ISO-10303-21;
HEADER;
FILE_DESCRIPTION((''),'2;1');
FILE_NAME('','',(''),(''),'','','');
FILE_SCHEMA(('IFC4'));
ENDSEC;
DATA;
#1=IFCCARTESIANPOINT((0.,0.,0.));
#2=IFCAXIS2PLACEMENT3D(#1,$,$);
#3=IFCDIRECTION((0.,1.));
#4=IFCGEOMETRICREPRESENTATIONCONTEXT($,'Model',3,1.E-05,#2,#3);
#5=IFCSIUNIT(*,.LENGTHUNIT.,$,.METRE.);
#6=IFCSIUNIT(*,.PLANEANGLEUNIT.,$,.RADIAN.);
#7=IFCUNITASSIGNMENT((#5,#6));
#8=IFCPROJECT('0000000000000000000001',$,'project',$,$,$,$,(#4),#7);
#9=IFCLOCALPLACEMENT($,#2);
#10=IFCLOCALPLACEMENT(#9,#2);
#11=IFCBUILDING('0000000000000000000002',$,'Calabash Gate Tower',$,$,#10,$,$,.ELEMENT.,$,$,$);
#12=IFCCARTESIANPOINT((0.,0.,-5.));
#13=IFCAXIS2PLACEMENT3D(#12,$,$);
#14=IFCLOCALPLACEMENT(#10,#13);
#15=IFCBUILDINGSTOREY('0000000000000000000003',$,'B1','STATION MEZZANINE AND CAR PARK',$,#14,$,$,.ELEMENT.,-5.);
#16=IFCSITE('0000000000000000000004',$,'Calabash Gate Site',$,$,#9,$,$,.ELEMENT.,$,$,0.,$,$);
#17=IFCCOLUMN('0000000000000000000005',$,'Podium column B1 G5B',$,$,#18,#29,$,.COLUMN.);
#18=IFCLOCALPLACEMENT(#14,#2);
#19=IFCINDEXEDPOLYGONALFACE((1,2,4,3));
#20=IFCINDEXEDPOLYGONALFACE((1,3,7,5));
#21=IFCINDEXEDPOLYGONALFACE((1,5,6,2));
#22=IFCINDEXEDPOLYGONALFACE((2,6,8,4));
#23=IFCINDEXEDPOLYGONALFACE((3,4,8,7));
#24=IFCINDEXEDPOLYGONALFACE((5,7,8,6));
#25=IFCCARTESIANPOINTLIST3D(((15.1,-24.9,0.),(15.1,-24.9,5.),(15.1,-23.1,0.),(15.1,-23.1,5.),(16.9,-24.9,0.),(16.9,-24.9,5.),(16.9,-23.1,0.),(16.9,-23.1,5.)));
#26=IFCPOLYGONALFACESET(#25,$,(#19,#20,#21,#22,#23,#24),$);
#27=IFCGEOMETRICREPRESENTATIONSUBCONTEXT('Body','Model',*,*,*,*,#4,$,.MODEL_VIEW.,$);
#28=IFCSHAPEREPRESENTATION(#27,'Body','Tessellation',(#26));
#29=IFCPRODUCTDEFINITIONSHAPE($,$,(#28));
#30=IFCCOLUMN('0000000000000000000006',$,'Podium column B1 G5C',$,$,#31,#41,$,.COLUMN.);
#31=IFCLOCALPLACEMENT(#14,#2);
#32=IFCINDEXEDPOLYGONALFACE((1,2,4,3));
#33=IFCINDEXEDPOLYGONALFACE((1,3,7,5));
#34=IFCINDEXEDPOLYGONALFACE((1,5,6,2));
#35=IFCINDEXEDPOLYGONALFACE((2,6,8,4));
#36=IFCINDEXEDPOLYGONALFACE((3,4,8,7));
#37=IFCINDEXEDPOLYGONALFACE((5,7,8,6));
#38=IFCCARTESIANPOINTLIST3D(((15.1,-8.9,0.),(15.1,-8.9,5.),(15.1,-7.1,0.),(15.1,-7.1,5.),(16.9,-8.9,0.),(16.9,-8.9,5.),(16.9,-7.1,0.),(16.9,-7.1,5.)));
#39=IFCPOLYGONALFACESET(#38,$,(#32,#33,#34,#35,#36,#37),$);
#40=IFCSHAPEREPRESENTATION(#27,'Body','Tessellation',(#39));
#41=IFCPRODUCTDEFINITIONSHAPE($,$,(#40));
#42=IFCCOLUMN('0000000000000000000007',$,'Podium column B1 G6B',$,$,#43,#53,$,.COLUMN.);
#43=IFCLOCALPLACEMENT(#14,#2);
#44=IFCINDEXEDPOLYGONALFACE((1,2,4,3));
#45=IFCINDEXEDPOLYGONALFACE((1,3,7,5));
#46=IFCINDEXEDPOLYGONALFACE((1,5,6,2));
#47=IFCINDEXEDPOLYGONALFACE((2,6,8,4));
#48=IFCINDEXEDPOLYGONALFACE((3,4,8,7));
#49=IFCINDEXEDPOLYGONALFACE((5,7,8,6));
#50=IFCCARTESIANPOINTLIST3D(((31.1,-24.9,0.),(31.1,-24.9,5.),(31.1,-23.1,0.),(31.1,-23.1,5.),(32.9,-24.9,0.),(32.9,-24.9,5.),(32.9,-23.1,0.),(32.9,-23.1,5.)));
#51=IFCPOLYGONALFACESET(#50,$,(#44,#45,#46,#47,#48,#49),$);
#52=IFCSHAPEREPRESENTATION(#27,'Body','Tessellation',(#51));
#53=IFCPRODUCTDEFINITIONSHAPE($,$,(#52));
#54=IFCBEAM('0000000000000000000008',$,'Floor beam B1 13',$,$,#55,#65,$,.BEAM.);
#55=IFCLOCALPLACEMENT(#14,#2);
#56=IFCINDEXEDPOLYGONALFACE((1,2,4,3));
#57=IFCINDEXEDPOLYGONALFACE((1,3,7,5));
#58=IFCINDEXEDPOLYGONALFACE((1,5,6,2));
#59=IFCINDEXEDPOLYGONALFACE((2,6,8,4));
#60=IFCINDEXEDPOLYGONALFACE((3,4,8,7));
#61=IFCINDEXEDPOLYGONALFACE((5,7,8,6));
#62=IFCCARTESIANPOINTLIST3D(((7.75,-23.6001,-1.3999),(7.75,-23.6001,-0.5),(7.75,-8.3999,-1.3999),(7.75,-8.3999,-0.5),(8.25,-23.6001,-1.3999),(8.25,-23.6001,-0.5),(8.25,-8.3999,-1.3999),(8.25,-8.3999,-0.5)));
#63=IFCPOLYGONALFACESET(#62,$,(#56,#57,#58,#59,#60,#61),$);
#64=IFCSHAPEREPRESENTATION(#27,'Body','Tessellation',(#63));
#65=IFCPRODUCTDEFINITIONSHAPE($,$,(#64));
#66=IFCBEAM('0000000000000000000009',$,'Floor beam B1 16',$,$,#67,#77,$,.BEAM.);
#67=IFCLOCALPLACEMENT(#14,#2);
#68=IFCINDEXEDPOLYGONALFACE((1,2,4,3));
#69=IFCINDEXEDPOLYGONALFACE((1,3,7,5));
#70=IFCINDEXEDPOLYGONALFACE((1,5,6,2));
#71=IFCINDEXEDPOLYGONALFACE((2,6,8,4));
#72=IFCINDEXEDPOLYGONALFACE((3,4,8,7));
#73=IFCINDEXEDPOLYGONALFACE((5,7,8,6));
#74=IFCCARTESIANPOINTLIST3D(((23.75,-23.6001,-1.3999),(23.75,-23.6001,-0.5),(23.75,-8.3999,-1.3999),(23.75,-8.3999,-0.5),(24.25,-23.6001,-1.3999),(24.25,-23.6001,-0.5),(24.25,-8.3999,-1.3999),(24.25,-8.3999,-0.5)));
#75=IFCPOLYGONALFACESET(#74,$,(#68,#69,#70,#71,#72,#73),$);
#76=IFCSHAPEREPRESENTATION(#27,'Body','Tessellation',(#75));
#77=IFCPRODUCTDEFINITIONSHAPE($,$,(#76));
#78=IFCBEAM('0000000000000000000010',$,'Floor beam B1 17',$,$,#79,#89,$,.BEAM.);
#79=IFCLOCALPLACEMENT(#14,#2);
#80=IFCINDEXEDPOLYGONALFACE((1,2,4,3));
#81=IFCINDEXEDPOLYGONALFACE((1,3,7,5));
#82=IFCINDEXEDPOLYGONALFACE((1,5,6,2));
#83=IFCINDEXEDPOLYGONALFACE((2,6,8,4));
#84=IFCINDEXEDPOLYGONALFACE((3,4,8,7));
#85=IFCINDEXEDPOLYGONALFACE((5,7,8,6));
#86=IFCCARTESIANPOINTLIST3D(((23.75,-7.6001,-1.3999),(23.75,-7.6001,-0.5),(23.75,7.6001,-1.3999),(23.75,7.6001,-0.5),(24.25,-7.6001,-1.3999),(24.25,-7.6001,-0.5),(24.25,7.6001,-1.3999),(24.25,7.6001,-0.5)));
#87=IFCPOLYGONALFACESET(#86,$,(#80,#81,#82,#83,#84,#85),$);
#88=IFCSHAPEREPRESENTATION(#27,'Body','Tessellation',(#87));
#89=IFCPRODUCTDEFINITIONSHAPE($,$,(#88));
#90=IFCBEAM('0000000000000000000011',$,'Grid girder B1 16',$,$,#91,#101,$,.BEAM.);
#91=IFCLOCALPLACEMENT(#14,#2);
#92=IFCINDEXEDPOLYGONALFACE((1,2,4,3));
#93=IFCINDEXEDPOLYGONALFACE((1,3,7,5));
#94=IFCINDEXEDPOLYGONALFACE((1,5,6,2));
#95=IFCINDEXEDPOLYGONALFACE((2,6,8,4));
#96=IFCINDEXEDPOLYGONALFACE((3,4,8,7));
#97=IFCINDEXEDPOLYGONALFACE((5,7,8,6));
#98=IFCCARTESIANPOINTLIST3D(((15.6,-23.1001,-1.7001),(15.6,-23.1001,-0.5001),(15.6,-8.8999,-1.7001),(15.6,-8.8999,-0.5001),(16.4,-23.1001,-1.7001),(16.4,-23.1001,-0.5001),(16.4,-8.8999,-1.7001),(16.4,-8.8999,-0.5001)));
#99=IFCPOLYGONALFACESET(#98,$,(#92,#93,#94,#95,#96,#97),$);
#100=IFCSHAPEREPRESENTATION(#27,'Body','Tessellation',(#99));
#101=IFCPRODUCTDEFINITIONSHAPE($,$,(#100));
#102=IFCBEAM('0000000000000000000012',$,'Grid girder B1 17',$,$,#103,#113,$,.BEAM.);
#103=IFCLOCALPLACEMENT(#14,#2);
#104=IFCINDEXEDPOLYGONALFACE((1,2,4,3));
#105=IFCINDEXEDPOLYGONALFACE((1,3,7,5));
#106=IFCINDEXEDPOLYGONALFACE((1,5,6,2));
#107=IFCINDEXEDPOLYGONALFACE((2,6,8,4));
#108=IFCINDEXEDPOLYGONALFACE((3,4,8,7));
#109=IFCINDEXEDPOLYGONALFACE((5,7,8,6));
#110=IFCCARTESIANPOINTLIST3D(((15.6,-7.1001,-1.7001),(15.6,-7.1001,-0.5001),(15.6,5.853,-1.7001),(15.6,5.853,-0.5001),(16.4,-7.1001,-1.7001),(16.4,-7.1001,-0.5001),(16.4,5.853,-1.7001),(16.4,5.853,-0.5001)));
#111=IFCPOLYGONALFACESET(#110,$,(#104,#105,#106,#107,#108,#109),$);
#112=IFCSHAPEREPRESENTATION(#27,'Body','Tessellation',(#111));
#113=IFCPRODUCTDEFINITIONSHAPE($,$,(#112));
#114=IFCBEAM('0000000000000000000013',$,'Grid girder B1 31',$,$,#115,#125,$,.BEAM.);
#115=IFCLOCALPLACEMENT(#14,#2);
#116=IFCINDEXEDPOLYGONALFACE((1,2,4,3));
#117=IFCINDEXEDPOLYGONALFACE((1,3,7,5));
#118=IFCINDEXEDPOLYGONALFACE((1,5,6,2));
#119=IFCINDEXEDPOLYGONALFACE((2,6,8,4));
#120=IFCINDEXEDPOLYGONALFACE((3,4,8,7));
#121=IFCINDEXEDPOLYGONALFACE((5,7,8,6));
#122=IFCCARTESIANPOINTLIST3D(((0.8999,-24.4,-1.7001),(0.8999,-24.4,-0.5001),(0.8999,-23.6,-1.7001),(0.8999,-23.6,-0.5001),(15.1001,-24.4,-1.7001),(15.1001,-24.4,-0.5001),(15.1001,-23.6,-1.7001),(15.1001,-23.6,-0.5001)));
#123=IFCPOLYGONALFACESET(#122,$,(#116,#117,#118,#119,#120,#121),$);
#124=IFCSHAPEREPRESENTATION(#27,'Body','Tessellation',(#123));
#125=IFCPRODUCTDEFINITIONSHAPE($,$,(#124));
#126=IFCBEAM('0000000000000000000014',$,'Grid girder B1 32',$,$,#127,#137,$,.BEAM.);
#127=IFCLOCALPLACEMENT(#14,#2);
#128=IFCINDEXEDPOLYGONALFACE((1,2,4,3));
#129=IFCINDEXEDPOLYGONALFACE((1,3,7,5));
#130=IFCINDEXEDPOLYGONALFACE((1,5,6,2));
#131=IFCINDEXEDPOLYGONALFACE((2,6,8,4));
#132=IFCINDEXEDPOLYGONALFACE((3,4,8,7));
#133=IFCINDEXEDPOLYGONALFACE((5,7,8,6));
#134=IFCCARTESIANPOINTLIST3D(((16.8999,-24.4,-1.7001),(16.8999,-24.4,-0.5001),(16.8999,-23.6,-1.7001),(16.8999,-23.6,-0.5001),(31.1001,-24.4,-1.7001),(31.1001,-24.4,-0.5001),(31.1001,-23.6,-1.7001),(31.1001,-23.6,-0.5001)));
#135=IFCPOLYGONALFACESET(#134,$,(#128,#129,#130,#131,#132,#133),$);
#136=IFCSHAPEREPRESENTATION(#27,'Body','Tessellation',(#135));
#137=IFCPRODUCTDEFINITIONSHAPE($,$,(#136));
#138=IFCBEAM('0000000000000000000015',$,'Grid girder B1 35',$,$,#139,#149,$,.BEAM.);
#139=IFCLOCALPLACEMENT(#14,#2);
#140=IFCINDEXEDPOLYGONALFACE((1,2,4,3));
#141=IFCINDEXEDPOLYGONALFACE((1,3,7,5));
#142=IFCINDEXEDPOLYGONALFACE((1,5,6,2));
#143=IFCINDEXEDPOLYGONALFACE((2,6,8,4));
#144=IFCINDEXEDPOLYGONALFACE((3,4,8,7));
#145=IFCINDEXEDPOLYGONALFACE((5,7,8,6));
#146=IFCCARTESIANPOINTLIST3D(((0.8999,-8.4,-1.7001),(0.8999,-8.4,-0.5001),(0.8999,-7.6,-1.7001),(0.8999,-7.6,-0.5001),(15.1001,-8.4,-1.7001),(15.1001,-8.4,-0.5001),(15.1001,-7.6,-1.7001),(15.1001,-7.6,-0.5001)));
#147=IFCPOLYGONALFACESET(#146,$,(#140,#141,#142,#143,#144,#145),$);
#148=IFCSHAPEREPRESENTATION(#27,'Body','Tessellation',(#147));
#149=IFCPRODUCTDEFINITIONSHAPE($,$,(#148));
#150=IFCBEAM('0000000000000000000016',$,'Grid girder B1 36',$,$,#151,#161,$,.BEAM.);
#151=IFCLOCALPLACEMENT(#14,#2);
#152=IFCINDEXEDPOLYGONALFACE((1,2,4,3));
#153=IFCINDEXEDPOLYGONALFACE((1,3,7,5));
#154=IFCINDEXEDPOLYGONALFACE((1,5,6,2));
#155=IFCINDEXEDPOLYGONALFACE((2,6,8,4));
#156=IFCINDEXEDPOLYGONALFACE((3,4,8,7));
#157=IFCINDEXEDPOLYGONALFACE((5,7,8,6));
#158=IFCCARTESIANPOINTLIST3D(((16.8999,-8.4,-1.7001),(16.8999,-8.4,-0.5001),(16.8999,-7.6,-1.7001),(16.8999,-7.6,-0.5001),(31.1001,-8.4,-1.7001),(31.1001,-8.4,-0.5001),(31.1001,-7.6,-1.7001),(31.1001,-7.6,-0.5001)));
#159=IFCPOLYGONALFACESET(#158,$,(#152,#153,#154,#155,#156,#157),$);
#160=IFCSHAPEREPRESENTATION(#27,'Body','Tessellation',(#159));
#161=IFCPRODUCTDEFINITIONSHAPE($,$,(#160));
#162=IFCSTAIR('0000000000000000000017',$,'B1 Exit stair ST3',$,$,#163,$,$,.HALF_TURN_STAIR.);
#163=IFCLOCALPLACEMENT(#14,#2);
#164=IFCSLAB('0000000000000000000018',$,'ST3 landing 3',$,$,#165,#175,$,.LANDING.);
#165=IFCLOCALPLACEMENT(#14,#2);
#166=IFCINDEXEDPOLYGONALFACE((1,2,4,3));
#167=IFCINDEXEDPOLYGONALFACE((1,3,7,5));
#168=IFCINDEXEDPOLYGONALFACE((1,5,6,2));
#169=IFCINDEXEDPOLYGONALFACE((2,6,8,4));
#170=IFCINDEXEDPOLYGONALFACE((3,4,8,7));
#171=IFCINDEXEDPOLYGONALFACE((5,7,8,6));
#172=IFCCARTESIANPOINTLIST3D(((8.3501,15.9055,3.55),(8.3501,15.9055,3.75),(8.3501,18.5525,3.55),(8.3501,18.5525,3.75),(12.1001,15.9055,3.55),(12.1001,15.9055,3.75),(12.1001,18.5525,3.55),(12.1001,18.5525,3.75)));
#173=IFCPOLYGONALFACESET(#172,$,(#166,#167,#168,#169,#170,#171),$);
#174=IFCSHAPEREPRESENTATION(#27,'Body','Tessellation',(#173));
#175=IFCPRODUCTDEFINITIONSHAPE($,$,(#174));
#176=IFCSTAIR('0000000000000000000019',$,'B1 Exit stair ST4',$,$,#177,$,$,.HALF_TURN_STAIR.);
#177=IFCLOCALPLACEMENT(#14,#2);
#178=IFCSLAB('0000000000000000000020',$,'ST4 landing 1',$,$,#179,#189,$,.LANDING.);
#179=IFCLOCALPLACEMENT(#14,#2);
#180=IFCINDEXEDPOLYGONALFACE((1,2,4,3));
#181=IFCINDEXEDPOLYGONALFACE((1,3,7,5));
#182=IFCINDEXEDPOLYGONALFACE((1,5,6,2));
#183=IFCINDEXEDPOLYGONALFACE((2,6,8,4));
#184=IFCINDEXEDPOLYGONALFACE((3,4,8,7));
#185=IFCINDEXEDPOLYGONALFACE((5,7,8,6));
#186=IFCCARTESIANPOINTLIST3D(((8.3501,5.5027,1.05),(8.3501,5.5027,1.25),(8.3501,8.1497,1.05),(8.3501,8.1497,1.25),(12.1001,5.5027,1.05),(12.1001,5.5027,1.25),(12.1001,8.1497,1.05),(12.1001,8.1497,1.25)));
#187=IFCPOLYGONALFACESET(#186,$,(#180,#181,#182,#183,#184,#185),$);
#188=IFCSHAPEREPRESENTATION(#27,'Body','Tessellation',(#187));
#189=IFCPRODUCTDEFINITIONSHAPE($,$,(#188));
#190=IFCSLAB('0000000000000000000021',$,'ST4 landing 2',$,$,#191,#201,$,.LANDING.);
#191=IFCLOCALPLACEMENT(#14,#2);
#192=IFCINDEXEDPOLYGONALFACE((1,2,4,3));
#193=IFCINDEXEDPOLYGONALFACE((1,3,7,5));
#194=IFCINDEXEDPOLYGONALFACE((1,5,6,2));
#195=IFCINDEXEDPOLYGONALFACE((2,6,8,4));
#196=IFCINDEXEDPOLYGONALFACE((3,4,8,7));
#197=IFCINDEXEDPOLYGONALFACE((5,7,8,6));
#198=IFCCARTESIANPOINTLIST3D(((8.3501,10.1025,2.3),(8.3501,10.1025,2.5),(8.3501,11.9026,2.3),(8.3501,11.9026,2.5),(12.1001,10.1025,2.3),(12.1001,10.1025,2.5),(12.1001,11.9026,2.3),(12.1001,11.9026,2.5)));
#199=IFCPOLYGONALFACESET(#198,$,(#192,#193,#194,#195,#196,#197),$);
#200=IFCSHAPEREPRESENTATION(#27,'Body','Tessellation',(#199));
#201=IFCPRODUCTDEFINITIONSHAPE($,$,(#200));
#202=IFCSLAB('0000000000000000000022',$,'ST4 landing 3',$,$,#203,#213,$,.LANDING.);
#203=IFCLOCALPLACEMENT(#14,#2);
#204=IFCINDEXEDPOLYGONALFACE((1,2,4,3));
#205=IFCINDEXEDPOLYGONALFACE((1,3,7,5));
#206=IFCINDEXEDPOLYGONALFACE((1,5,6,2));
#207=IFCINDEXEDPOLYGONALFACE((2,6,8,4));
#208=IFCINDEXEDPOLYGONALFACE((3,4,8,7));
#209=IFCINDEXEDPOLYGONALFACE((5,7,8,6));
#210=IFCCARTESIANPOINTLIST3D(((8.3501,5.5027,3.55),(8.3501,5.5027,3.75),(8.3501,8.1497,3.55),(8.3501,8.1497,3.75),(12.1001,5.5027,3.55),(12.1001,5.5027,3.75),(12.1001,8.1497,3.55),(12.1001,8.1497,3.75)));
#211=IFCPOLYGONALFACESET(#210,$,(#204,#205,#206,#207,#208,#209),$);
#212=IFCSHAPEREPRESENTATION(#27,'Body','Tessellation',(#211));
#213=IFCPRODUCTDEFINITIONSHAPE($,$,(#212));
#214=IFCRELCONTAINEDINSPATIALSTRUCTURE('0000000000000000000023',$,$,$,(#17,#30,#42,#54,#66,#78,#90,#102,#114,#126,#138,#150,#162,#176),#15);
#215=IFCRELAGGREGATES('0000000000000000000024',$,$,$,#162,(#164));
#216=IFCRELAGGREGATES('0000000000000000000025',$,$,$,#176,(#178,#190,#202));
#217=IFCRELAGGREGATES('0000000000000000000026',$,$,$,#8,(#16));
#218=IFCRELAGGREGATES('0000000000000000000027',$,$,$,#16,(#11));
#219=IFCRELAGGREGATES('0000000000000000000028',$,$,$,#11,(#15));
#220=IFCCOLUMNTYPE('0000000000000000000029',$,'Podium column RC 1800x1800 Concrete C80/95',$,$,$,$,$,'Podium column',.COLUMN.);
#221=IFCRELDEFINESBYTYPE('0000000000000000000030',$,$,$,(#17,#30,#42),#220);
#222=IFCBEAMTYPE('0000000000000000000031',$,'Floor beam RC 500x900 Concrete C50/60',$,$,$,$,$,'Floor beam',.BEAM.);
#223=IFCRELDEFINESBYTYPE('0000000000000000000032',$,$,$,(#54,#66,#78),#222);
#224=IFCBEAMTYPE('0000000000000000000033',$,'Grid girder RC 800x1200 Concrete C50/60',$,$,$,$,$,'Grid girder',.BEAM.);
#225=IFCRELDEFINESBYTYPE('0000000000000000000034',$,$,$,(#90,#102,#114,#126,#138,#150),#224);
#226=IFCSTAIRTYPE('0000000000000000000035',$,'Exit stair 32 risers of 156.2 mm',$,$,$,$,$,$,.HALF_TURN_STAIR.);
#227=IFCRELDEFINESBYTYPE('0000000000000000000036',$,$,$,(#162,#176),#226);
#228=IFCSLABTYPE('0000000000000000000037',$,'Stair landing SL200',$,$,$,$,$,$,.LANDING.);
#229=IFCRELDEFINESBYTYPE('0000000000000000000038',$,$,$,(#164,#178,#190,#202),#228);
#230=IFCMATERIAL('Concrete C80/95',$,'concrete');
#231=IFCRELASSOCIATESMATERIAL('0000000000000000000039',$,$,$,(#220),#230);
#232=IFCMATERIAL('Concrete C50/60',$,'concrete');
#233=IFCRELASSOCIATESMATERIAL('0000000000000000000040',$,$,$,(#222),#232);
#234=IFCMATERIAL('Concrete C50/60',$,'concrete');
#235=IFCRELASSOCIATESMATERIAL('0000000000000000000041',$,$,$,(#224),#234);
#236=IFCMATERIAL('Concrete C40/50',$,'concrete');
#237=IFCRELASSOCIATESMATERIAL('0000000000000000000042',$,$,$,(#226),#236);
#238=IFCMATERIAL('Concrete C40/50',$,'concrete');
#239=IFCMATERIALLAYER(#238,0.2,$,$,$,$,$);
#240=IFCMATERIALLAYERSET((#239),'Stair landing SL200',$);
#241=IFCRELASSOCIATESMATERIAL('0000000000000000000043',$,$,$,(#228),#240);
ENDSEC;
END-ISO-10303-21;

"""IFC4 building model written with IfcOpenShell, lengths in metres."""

from ifc_helpers import new_model, si_unit, direction, frame, origin, origin_2d, place, context, subcontext, project, spatial, polyline, rectangle, outline, extrude, material, layer, layer_set, material_profile, profile_set, type_object, element, aggregate, save


model = new_model("IFC4")

# Units and contexts
model_context = context("Model", 3, precision=1e-05, world=origin(), true_north=direction((0.0, 1.0)))
body_context = subcontext(model_context, "Body", "Model", "MODEL_VIEW")
ifc_project = project(units=[si_unit("LENGTHUNIT", "METRE"), si_unit("PLANEANGLEUNIT", "RADIAN")], contexts=[model_context])

# Site, building, storey
site_placement = place(None, origin())
site = spatial("IfcSite", under=ifc_project, at=site_placement, Name="Calabash Gate Site", CompositionType="ELEMENT", RefElevation=0.0)
building_placement = place(site_placement, origin())
building = spatial("IfcBuilding", under=site, at=building_placement, Name="Calabash Gate Tower", CompositionType="ELEMENT")
storey_placement = place(building_placement, frame((0.0, 0.0, -5.0)))
storey = spatial("IfcBuildingStorey", under=building, at=storey_placement, Name="B1", Description="STATION MEZZANINE AND CAR PARK", CompositionType="ELEMENT", Elevation=-5.0)

# Columns
ifc_material_1 = material(Name="Concrete C80/95", Category="concrete")
ifc_material_profile_1 = material_profile(ifc_material_1, rectangle(XDim=1.8, YDim=1.8, at=origin_2d()))
ifc_profile_set_1 = profile_set([ifc_material_profile_1], Name="Concrete C80/95")
column_type = type_object("IfcColumnType", Name="Podium column RC 1800x1800 Concrete C80/95", ElementType="Podium column", PredefinedType="COLUMN", material=ifc_profile_set_1)
for number, where, z_axis, x_axis, name in (
    (1, (16.0, -24.0, 0.0), (0.0, 0.0, 1.0), (1.0, 0.0, 0.0), "Podium column B1 G5B"),
    (2, (16.0, -8.0, 0.0), (0.0, 0.0, 1.0), (1.0, 0.0, 0.0), "Podium column B1 G5C"),
    (3, (32.0, -24.0, 0.0), (0.0, 0.0, 1.0), (1.0, 0.0, 0.0), "Podium column B1 G6B"),
):
    element("IfcColumn", number, at=place(storey_placement, frame(where, z_axis=z_axis, x_axis=x_axis)), inside=storey, type_object=column_type, Name=name, PredefinedType="COLUMN", context=body_context, shape_type="SweptSolid", body=[
        extrude(rectangle(XDim=1.8, YDim=1.8, at=origin_2d()), origin(), (0.0, 0.0, 1.0), 5.0),
    ])

# Beams
ifc_material_2 = material(Name="Concrete C50/60", Category="concrete")
ifc_material_profile_2 = material_profile(ifc_material_2, rectangle(XDim=0.5, YDim=0.8999, at=origin_2d()))
ifc_profile_set_2 = profile_set([ifc_material_profile_2], Name="Concrete C50/60")
beam_type_1 = type_object("IfcBeamType", Name="Floor beam RC 500x900 Concrete C50/60", ElementType="Floor beam", PredefinedType="BEAM", material=ifc_profile_set_2)
for number, where, z_axis, x_axis, name in (
    (4, (8.0, -23.6001, -0.95), (0.0, 1.0, 0.0), (-1.0, 0.0, 0.0), "Floor beam B1 13"),
    (5, (24.0, -23.6001, -0.95), (0.0, 1.0, 0.0), (-1.0, 0.0, 0.0), "Floor beam B1 16"),
    (6, (24.0, -7.6001, -0.95), (0.0, 1.0, 0.0), (-1.0, 0.0, 0.0), "Floor beam B1 17"),
):
    element("IfcBeam", number, at=place(storey_placement, frame(where, z_axis=z_axis, x_axis=x_axis)), inside=storey, type_object=beam_type_1, Name=name, PredefinedType="BEAM", context=body_context, shape_type="SweptSolid", body=[
        extrude(rectangle(XDim=0.5, YDim=0.8999, at=origin_2d()), origin(), (0.0, 0.0, 1.0), 15.2002),
    ])
ifc_material_3 = material(Name="Concrete C50/60", Category="concrete")
ifc_material_profile_3 = material_profile(ifc_material_3, rectangle(XDim=0.8, YDim=1.2, at=origin_2d()))
ifc_profile_set_3 = profile_set([ifc_material_profile_3], Name="Concrete C50/60")
beam_type_2 = type_object("IfcBeamType", Name="Grid girder RC 800x1200 Concrete C50/60", ElementType="Grid girder", PredefinedType="BEAM", material=ifc_profile_set_3)
beam_1_placement = place(storey_placement, frame((16.0, -23.1001, -1.1001), z_axis=(0.0, 1.0, 0.0), x_axis=(-1.0, 0.0, 0.0)))
element("IfcBeam", 7, at=beam_1_placement, inside=storey, type_object=beam_type_2, Name="Grid girder B1 16", PredefinedType="BEAM", context=body_context, shape_type="SweptSolid", body=[
    extrude(rectangle(XDim=0.8, YDim=1.2, at=origin_2d()), origin(), (0.0, 0.0, 1.0), 14.2002),
])
beam_2_placement = place(storey_placement, frame((16.0, -7.1001, -1.1001), z_axis=(0.0, 1.0, 0.0), x_axis=(-1.0, 0.0, 0.0)))
element("IfcBeam", 8, at=beam_2_placement, inside=storey, type_object=beam_type_2, Name="Grid girder B1 17", PredefinedType="BEAM", context=body_context, shape_type="SweptSolid", body=[
    extrude(rectangle(XDim=0.8, YDim=1.2, at=origin_2d()), origin(), (0.0, 0.0, 1.0), 12.9531),
])
for number, where, z_axis, x_axis, name in (
    (9, (0.8999, -24.0, -1.1001), (1.0, 0.0, 0.0), (0.0, 1.0, 0.0), "Grid girder B1 31"),
    (10, (16.8999, -24.0, -1.1001), (1.0, 0.0, 0.0), (0.0, 1.0, 0.0), "Grid girder B1 32"),
    (11, (0.8999, -8.0, -1.1001), (1.0, 0.0, 0.0), (0.0, 1.0, 0.0), "Grid girder B1 35"),
    (12, (16.8999, -8.0, -1.1001), (1.0, 0.0, 0.0), (0.0, 1.0, 0.0), "Grid girder B1 36"),
):
    element("IfcBeam", number, at=place(storey_placement, frame(where, z_axis=z_axis, x_axis=x_axis)), inside=storey, type_object=beam_type_2, Name=name, PredefinedType="BEAM", context=body_context, shape_type="SweptSolid", body=[
        extrude(rectangle(XDim=0.8, YDim=1.2, at=origin_2d()), origin(), (0.0, 0.0, 1.0), 14.2002),
    ])

# Stair, slab
ifc_material_4 = material(Name="Concrete C40/50", Category="concrete")
stair_type_1 = type_object("IfcStairType", Name="Exit stair 32 risers of 156.2 mm", PredefinedType="HALF_TURN_STAIR", material=ifc_material_4)
stair_1_placement = place(storey_placement, origin())
stair_1 = element("IfcStair", 13, at=stair_1_placement, inside=storey, type_object=stair_type_1, Name="B1 Exit stair ST3", PredefinedType="HALF_TURN_STAIR")
ifc_material_5 = material(Name="Concrete C40/50", Category="concrete")
ifc_layer_1 = layer(ifc_material_5, 0.2)
ifc_layer_set_1 = layer_set([ifc_layer_1], Name="Stair landing SL200")
slab_type = type_object("IfcSlabType", Name="Stair landing SL200", PredefinedType="LANDING", material=ifc_layer_set_1)
slab_1_placement = place(storey_placement, frame((0.0, 0.0, 3.55)))
slab_1 = element("IfcSlab", 14, at=slab_1_placement, type_object=slab_type, Name="ST3 landing 3", PredefinedType="LANDING", context=body_context, shape_type="SweptSolid", body=[
    extrude(outline(polyline([(12.1001, 15.9055), (12.1001, 18.5525), (8.3501, 18.5525), (8.3501, 15.9055), (12.1001, 15.9055)])), origin(), (0.0, 0.0, 1.0), 0.2),
])
aggregate(stair_1, [slab_1])

# Stair, slabs
stair_2_placement = place(storey_placement, origin())
stair_2 = element("IfcStair", 15, at=stair_2_placement, inside=storey, type_object=stair_type_1, Name="B1 Exit stair ST4", PredefinedType="HALF_TURN_STAIR")
slab_2_placement = place(storey_placement, frame((0.0, 0.0, 1.05)))
slab_2 = element("IfcSlab", 16, at=slab_2_placement, type_object=slab_type, Name="ST4 landing 1", PredefinedType="LANDING", context=body_context, shape_type="SweptSolid", body=[
    extrude(outline(polyline([(8.3501, 8.1497), (8.3501, 5.5027), (12.1001, 5.5027), (12.1001, 8.1497), (8.3501, 8.1497)])), origin(), (0.0, 0.0, 1.0), 0.2),
])
slab_3_placement = place(storey_placement, frame((0.0, 0.0, 2.3)))
slab_3 = element("IfcSlab", 17, at=slab_3_placement, type_object=slab_type, Name="ST4 landing 2", PredefinedType="LANDING", context=body_context, shape_type="SweptSolid", body=[
    extrude(outline(polyline([(8.3501, 11.9026), (8.3501, 10.1025), (12.1001, 10.1025), (12.1001, 11.9026), (8.3501, 11.9026)])), origin(), (0.0, 0.0, 1.0), 0.2),
])
slab_4_placement = place(storey_placement, frame((0.0, 0.0, 3.55)))
slab_4 = element("IfcSlab", 18, at=slab_4_placement, type_object=slab_type, Name="ST4 landing 3", PredefinedType="LANDING", context=body_context, shape_type="SweptSolid", body=[
    extrude(outline(polyline([(8.3501, 8.1497), (8.3501, 5.5027), (12.1001, 5.5027), (12.1001, 8.1497), (8.3501, 8.1497)])), origin(), (0.0, 0.0, 1.0), 0.2),
])
aggregate(stair_2, [slab_2, slab_3, slab_4])

save(model, "model.ifc")
